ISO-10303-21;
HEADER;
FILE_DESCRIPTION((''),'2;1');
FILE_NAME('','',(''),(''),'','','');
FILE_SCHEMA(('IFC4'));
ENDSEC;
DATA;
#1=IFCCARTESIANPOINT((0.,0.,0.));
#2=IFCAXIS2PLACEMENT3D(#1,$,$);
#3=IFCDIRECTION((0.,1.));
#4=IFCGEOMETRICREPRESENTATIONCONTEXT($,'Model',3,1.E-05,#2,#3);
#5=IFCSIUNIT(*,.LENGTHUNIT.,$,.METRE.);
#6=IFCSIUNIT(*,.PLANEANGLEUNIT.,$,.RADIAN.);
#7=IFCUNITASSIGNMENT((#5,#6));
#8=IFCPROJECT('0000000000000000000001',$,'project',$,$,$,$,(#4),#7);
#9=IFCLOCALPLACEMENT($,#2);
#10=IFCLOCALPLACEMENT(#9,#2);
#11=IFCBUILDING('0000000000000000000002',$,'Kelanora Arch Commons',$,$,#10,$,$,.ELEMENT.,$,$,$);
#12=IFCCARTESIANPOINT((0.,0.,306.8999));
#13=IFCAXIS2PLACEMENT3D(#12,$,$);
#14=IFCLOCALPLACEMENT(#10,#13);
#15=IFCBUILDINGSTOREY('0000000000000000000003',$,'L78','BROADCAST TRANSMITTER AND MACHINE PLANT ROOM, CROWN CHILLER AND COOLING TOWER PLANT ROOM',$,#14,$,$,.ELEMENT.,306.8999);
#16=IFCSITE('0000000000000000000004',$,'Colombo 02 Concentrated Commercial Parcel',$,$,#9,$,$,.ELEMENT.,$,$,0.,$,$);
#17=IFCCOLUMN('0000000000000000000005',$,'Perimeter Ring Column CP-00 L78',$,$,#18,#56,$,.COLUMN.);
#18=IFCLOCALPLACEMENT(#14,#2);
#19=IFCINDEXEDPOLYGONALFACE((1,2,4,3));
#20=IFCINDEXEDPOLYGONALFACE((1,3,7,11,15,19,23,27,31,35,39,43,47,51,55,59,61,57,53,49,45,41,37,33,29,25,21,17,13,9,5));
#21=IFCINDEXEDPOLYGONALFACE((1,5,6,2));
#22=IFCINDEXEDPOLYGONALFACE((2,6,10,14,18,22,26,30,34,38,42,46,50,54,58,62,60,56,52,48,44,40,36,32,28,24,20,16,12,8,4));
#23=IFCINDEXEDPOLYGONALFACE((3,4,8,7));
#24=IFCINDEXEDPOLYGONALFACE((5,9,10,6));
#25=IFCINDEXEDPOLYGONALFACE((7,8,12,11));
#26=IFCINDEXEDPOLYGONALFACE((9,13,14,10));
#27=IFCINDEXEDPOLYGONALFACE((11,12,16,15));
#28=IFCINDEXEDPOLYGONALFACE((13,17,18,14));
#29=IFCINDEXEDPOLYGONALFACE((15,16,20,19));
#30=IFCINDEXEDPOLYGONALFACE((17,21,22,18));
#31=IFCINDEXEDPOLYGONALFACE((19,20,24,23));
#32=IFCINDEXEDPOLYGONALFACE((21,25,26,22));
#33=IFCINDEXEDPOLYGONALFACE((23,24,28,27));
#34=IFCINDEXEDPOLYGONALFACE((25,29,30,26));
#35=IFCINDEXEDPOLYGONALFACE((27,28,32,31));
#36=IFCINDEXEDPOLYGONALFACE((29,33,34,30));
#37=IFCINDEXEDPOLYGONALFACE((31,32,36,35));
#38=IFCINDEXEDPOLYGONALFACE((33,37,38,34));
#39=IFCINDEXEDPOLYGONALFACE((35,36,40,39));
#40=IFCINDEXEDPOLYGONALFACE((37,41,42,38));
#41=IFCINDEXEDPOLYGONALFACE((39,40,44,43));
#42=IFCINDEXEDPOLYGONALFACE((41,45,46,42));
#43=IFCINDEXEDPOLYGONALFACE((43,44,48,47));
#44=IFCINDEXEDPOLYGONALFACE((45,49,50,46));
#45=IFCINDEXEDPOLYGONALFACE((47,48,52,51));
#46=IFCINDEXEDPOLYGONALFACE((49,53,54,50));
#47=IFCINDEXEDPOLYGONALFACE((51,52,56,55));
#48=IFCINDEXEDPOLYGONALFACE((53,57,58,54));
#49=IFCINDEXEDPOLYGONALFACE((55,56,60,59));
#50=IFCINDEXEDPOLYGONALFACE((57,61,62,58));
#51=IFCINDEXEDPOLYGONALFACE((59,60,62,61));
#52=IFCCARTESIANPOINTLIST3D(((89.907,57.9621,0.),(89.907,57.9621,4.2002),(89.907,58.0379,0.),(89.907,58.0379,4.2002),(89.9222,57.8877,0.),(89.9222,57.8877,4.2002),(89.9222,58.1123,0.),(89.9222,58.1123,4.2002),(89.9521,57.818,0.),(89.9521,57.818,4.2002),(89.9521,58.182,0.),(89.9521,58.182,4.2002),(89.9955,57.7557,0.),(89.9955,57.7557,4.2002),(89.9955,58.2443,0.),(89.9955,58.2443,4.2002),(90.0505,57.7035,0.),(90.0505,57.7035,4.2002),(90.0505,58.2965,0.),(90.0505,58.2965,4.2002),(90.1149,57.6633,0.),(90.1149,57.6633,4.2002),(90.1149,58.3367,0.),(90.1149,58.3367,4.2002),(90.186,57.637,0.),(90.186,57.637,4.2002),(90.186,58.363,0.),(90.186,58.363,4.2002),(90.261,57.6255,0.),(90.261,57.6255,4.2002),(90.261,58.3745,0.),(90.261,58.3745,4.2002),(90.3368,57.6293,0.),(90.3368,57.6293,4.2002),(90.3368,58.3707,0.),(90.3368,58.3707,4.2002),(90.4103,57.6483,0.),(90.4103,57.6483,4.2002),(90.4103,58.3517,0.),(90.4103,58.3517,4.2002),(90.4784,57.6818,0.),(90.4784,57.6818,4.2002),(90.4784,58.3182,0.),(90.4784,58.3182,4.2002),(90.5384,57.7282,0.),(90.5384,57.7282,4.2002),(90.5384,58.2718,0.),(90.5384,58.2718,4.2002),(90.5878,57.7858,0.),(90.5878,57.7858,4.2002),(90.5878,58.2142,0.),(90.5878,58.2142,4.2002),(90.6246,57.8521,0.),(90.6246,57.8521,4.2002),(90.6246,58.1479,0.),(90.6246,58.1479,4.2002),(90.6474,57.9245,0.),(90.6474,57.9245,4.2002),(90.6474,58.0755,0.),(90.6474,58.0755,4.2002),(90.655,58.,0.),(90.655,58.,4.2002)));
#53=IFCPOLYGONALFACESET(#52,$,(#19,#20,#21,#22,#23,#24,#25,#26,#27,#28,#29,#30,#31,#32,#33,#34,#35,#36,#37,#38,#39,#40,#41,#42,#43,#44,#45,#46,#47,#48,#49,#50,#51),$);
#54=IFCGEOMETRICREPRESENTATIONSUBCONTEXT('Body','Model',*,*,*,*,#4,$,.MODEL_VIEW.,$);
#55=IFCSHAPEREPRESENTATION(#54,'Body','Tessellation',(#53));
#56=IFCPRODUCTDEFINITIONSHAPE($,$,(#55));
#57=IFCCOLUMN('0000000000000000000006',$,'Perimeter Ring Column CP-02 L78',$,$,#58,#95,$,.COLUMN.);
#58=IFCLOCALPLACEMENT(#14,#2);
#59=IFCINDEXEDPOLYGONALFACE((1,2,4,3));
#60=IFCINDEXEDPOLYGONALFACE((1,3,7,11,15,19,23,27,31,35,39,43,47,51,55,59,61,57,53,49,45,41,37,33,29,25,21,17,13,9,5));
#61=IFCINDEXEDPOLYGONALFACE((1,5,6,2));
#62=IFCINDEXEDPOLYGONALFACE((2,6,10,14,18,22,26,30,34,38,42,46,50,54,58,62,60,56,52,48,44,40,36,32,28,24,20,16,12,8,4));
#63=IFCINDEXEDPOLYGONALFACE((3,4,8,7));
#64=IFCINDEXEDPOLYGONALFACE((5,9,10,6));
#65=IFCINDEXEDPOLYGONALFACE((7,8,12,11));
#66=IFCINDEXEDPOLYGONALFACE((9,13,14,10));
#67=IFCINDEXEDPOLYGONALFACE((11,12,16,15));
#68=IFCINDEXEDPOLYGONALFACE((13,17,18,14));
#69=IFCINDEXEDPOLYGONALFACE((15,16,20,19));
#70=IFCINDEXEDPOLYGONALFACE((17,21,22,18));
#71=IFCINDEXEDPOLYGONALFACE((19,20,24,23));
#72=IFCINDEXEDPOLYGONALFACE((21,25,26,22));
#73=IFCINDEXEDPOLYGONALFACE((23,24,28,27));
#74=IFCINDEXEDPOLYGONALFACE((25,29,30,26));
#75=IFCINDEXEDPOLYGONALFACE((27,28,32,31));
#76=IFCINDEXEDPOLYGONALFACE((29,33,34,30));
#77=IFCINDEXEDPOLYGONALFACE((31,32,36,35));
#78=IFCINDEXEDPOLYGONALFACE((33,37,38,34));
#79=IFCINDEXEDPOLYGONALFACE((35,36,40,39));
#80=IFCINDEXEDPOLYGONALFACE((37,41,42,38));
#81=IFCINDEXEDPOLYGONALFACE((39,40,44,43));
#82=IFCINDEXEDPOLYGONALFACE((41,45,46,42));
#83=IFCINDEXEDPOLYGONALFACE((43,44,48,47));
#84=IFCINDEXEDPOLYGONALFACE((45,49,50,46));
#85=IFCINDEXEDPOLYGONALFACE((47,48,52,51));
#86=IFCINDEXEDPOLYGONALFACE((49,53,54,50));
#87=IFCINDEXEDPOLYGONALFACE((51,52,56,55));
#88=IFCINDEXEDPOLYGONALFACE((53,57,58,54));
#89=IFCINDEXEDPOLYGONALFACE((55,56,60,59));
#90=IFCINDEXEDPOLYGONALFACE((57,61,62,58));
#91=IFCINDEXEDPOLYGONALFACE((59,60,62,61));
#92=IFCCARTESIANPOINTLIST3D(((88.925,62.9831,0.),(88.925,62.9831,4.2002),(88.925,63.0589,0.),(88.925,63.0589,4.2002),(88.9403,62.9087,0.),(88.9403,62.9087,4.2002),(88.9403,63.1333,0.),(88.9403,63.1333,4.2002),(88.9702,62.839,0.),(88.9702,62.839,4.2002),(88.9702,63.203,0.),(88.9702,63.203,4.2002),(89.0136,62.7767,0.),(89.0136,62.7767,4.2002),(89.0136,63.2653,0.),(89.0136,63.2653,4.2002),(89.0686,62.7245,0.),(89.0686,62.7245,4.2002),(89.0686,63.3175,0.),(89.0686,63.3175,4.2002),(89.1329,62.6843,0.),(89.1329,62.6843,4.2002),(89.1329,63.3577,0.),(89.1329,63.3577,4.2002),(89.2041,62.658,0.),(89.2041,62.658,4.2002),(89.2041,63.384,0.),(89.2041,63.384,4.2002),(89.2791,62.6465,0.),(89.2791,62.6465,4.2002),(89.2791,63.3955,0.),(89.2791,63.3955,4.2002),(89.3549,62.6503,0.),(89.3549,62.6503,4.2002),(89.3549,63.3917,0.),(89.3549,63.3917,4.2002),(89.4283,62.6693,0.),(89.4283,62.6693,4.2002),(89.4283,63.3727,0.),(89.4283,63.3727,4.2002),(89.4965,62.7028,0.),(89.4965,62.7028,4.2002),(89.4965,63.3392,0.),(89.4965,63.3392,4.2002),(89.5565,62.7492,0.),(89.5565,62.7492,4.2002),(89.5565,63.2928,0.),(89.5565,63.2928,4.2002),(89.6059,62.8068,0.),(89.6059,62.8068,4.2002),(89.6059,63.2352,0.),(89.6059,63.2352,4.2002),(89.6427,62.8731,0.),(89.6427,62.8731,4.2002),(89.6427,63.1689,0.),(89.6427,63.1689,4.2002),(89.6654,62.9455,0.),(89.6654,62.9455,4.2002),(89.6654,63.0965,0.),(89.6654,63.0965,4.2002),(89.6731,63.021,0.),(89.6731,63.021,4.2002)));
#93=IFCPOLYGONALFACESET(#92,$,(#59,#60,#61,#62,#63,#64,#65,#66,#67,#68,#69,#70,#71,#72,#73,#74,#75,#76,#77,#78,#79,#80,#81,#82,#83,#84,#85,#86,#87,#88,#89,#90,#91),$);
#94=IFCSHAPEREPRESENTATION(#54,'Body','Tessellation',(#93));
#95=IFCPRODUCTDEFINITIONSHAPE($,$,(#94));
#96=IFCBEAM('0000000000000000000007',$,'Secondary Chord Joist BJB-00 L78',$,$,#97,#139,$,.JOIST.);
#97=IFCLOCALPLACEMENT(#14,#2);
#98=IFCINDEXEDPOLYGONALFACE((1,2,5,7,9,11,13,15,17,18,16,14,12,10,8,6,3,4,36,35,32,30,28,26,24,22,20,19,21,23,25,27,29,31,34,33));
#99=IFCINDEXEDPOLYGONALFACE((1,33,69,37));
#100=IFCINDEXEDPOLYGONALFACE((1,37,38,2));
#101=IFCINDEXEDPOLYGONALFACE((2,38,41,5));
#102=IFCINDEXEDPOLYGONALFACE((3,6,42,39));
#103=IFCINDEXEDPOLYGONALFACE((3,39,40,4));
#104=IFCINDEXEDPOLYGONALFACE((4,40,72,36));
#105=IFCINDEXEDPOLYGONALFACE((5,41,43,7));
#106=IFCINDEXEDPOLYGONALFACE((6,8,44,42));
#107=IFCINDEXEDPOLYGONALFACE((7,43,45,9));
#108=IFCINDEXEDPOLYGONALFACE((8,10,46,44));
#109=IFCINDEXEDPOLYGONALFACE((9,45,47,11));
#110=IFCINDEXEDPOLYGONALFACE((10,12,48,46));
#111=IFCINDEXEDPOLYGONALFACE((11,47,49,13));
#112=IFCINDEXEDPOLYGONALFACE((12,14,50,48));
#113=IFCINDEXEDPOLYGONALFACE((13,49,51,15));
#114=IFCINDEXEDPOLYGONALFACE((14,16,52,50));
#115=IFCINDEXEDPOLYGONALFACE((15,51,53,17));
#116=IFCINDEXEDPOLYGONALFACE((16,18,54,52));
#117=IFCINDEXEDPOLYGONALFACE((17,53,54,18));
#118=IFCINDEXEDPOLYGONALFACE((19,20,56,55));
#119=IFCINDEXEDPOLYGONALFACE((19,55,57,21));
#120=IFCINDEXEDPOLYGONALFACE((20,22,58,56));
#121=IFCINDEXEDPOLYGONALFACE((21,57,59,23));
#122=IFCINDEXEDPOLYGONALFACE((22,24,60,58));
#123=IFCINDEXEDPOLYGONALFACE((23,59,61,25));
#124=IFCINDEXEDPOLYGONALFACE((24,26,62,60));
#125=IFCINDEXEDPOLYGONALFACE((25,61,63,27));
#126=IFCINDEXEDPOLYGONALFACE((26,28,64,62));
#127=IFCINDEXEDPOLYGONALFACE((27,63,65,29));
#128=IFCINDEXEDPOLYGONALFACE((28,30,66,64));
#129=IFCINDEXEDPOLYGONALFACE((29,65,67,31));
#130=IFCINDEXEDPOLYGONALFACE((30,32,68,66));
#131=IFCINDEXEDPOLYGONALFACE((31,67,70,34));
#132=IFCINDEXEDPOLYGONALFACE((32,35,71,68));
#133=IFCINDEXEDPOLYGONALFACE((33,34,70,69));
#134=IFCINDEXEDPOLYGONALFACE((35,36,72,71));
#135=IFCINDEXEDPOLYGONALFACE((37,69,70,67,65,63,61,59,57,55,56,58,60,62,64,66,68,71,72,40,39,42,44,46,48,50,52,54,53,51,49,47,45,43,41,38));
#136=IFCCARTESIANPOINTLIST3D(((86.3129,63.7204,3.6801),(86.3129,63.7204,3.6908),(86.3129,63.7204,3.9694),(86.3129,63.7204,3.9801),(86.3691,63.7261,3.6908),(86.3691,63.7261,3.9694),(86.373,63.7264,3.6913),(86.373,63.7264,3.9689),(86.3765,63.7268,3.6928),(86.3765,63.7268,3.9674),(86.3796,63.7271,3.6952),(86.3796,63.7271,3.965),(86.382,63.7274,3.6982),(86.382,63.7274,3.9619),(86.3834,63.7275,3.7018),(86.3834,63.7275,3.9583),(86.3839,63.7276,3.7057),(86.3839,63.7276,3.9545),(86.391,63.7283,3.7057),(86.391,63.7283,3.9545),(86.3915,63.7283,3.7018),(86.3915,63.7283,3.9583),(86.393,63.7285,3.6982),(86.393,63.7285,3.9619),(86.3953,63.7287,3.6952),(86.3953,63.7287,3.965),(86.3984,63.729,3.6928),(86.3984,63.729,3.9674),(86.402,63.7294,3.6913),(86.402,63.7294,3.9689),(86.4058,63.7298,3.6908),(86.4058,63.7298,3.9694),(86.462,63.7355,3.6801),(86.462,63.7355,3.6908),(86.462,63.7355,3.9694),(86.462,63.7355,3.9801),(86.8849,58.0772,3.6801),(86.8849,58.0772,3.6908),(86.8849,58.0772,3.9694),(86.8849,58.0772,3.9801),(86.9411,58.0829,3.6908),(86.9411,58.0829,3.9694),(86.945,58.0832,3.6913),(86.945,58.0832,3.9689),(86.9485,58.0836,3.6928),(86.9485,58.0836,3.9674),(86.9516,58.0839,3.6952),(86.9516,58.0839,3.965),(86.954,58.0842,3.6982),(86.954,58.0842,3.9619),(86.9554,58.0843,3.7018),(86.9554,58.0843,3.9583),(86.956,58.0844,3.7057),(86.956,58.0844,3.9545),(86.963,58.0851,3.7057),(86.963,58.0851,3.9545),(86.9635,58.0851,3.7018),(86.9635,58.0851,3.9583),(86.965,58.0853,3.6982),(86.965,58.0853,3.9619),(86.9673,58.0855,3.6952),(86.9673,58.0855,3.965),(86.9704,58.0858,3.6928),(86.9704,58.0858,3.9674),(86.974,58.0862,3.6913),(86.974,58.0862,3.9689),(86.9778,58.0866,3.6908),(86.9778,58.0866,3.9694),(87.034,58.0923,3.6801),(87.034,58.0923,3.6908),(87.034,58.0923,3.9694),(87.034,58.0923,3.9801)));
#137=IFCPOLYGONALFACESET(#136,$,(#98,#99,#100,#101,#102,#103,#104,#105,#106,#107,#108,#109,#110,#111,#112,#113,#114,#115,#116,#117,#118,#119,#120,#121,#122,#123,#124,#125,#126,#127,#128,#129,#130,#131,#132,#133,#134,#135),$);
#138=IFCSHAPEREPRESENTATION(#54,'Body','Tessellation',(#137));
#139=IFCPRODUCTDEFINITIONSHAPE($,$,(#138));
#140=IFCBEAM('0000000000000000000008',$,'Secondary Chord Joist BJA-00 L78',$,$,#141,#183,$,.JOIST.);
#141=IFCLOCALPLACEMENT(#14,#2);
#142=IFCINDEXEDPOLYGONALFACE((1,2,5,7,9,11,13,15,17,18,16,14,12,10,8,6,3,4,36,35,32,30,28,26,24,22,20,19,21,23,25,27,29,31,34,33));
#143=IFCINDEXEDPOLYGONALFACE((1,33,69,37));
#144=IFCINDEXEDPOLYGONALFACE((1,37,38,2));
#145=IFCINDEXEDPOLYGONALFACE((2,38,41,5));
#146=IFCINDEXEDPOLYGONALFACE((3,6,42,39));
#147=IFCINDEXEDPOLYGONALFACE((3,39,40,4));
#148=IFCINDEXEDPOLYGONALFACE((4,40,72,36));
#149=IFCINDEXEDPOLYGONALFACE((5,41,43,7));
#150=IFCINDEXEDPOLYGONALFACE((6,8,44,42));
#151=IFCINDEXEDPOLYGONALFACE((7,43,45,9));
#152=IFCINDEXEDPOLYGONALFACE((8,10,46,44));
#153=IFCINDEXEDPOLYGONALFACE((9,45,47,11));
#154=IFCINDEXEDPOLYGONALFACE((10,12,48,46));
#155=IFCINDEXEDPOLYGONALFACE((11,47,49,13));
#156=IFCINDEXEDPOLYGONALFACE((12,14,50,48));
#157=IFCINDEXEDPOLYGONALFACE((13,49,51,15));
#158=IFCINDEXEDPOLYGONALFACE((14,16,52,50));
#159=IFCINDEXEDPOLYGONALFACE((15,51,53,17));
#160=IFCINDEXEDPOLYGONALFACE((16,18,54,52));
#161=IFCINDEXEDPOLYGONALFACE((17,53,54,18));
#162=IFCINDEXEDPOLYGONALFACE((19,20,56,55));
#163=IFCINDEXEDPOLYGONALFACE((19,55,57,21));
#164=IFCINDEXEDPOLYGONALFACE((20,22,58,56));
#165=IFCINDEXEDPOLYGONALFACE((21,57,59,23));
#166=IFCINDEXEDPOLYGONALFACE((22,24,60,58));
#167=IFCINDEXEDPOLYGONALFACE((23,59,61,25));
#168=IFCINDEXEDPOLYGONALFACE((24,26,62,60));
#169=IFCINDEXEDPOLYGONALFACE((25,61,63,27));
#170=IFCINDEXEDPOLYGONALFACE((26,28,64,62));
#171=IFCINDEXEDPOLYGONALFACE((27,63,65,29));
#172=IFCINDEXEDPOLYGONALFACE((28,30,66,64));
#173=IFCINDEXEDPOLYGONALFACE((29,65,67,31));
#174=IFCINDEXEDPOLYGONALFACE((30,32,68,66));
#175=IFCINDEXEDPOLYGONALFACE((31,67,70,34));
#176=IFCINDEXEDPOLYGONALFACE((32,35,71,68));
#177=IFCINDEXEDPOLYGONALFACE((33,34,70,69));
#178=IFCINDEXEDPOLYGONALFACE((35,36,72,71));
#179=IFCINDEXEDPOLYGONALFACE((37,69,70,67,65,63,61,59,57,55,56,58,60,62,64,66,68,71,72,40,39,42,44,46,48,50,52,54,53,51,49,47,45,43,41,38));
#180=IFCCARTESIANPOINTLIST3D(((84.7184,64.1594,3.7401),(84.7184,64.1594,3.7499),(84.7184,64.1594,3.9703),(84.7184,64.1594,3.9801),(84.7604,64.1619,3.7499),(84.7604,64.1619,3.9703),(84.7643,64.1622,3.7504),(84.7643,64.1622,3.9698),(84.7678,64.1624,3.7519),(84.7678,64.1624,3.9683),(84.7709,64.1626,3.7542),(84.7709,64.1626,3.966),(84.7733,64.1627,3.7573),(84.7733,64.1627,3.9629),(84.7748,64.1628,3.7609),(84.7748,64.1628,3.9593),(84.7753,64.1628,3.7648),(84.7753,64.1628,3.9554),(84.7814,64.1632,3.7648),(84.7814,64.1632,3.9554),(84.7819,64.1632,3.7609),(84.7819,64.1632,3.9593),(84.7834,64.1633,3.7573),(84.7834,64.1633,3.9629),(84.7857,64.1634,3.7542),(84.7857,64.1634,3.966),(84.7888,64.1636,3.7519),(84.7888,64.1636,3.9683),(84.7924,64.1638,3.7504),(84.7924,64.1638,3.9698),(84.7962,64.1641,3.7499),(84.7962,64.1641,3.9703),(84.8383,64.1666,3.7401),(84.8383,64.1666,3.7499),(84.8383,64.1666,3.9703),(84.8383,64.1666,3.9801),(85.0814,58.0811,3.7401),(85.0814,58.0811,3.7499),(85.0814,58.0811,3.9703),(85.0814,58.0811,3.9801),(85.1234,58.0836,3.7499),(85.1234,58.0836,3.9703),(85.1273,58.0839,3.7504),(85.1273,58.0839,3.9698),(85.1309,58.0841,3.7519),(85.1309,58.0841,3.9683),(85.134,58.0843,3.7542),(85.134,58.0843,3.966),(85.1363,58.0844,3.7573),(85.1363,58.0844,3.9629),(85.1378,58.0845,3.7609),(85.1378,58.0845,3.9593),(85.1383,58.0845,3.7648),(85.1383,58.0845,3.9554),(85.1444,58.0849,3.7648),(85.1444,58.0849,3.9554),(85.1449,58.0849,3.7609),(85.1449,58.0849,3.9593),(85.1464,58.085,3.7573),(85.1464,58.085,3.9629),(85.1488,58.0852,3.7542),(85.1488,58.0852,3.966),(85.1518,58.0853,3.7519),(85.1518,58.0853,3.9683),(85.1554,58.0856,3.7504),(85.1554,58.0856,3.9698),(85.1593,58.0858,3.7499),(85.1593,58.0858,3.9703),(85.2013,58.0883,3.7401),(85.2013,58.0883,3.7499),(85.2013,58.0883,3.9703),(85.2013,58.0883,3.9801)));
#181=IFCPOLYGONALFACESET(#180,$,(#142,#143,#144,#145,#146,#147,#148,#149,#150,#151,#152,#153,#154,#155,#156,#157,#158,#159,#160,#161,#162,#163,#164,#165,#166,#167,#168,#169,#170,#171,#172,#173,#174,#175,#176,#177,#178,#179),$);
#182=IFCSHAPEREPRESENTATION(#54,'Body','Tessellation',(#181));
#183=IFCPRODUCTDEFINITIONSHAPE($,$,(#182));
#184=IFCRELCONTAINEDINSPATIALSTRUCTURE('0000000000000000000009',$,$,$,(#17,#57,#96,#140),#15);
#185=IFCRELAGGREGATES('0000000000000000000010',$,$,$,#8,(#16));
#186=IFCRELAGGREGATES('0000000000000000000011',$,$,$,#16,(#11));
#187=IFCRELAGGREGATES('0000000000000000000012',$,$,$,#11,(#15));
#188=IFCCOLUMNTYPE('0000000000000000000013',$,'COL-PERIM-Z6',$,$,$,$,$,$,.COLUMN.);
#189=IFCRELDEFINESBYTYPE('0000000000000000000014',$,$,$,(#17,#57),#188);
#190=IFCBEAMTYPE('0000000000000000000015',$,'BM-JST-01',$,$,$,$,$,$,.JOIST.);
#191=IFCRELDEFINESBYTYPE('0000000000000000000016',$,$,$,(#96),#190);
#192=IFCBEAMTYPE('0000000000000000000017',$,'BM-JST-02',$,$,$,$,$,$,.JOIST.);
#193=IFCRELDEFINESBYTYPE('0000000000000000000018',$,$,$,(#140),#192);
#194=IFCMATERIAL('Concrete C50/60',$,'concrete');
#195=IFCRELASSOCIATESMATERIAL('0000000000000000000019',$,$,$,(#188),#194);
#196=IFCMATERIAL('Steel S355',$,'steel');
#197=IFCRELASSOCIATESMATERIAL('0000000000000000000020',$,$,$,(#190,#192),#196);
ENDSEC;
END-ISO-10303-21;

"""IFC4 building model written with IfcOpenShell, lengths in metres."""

from ifc_helpers import new_model, si_unit, direction, frame, origin, origin_2d, place, context, subcontext, project, spatial, circle, i_section, extrude, material, material_profile, profile_set, type_object, element, save


model = new_model("IFC4")

# Units and contexts
model_context = context("Model", 3, precision=1e-05, world=origin(), true_north=direction((0.0, 1.0)))
body_context = subcontext(model_context, "Body", "Model", "MODEL_VIEW")
ifc_project = project(units=[si_unit("LENGTHUNIT", "METRE"), si_unit("PLANEANGLEUNIT", "RADIAN")], contexts=[model_context])

# Site, building, storey
site_placement = place(None, origin())
site = spatial("IfcSite", under=ifc_project, at=site_placement, Name="Colombo 02 Concentrated Commercial Parcel", CompositionType="ELEMENT", RefElevation=0.0)
building_placement = place(site_placement, origin())
building = spatial("IfcBuilding", under=site, at=building_placement, Name="Kelanora Arch Commons", CompositionType="ELEMENT")
storey_placement = place(building_placement, frame((0.0, 0.0, 306.8999)))
storey = spatial("IfcBuildingStorey", under=building, at=storey_placement, Name="L78", Description="BROADCAST TRANSMITTER AND MACHINE PLANT ROOM, CROWN CHILLER AND COOLING TOWER PLANT ROOM", CompositionType="ELEMENT", Elevation=306.8999)

# Columns
ifc_material_1 = material(Name="Concrete C50/60", Category="concrete")
ifc_material_profile_1 = material_profile(ifc_material_1, circle(Radius=0.375, at=origin_2d()), Name="RCC750")
ifc_profile_set_1 = profile_set([ifc_material_profile_1], Name="Concrete C50/60")
column_type = type_object("IfcColumnType", Name="COL-PERIM-Z6", PredefinedType="COLUMN", material=ifc_profile_set_1)
for number, where, z_axis, x_axis, name in (
    (1, (90.28, 58.0, 0.0), (0.0, 0.0, 1.0), (1.0, 0.0, 0.0), "Perimeter Ring Column CP-00 L78"),
    (2, (89.2981, 63.021, 0.0), (0.0, 0.0, 1.0), (1.0, 0.0, 0.0), "Perimeter Ring Column CP-02 L78"),
):
    element("IfcColumn", number, at=place(storey_placement, frame(where, z_axis=z_axis, x_axis=x_axis)), inside=storey, type_object=column_type, Name=name, PredefinedType="COLUMN", context=body_context, shape_type="SweptSolid", body=[
        extrude(circle(Radius=0.375, at=origin_2d()), origin(), (0.0, 0.0, 1.0), 4.2002),
    ])

# Beams
ifc_material_2 = material(Name="Steel S355", Category="steel")
ifc_material_profile_2 = material_profile(ifc_material_2, i_section(OverallWidth=0.1499, OverallDepth=0.3, WebThickness=0.0071, FlangeThickness=0.0107, FilletRadius=0.0149, at=origin_2d()), Name="IPE300")
ifc_profile_set_2 = profile_set([ifc_material_profile_2], Name="Steel S355")
beam_type_1 = type_object("IfcBeamType", Name="BM-JST-01", PredefinedType="JOIST", material=ifc_profile_set_2)
beam_1_placement = place(storey_placement, frame((86.9595, 58.0847, 3.8301), z_axis=(-0.100846, 0.994902, 0.0), x_axis=(-0.994902, -0.100846, 0.0)))
element("IfcBeam", 3, at=beam_1_placement, inside=storey, type_object=beam_type_1, Name="Secondary Chord Joist BJB-00 L78", PredefinedType="JOIST", context=body_context, shape_type="SweptSolid", body=[
    extrude(i_section(OverallWidth=0.1499, OverallDepth=0.3, WebThickness=0.0071, FlangeThickness=0.0107, FilletRadius=0.0149, at=origin_2d()), origin(), (0.0, 0.0, 1.0), 5.6721),
])
ifc_material_profile_3 = material_profile(ifc_material_2, i_section(OverallWidth=0.1201, OverallDepth=0.24, WebThickness=0.0061, FlangeThickness=0.0098, FilletRadius=0.0149, at=origin_2d()), Name="IPE240")
ifc_profile_set_3 = profile_set([ifc_material_profile_3], Name="Steel S355")
beam_type_2 = type_object("IfcBeamType", Name="BM-JST-02", PredefinedType="JOIST", material=ifc_profile_set_3)
beam_2_placement = place(storey_placement, frame((85.1414, 58.0847, 3.8601), z_axis=(-0.05962, 0.998221, 0.0), x_axis=(-0.998221, -0.05962, 0.0)))
element("IfcBeam", 4, at=beam_2_placement, inside=storey, type_object=beam_type_2, Name="Secondary Chord Joist BJA-00 L78", PredefinedType="JOIST", context=body_context, shape_type="SweptSolid", body=[
    extrude(i_section(OverallWidth=0.1201, OverallDepth=0.24, WebThickness=0.0061, FlangeThickness=0.0098, FilletRadius=0.0149, at=origin_2d()), origin(), (0.0, 0.0, 1.0), 6.0891),
])

save(model, "model.ifc")
